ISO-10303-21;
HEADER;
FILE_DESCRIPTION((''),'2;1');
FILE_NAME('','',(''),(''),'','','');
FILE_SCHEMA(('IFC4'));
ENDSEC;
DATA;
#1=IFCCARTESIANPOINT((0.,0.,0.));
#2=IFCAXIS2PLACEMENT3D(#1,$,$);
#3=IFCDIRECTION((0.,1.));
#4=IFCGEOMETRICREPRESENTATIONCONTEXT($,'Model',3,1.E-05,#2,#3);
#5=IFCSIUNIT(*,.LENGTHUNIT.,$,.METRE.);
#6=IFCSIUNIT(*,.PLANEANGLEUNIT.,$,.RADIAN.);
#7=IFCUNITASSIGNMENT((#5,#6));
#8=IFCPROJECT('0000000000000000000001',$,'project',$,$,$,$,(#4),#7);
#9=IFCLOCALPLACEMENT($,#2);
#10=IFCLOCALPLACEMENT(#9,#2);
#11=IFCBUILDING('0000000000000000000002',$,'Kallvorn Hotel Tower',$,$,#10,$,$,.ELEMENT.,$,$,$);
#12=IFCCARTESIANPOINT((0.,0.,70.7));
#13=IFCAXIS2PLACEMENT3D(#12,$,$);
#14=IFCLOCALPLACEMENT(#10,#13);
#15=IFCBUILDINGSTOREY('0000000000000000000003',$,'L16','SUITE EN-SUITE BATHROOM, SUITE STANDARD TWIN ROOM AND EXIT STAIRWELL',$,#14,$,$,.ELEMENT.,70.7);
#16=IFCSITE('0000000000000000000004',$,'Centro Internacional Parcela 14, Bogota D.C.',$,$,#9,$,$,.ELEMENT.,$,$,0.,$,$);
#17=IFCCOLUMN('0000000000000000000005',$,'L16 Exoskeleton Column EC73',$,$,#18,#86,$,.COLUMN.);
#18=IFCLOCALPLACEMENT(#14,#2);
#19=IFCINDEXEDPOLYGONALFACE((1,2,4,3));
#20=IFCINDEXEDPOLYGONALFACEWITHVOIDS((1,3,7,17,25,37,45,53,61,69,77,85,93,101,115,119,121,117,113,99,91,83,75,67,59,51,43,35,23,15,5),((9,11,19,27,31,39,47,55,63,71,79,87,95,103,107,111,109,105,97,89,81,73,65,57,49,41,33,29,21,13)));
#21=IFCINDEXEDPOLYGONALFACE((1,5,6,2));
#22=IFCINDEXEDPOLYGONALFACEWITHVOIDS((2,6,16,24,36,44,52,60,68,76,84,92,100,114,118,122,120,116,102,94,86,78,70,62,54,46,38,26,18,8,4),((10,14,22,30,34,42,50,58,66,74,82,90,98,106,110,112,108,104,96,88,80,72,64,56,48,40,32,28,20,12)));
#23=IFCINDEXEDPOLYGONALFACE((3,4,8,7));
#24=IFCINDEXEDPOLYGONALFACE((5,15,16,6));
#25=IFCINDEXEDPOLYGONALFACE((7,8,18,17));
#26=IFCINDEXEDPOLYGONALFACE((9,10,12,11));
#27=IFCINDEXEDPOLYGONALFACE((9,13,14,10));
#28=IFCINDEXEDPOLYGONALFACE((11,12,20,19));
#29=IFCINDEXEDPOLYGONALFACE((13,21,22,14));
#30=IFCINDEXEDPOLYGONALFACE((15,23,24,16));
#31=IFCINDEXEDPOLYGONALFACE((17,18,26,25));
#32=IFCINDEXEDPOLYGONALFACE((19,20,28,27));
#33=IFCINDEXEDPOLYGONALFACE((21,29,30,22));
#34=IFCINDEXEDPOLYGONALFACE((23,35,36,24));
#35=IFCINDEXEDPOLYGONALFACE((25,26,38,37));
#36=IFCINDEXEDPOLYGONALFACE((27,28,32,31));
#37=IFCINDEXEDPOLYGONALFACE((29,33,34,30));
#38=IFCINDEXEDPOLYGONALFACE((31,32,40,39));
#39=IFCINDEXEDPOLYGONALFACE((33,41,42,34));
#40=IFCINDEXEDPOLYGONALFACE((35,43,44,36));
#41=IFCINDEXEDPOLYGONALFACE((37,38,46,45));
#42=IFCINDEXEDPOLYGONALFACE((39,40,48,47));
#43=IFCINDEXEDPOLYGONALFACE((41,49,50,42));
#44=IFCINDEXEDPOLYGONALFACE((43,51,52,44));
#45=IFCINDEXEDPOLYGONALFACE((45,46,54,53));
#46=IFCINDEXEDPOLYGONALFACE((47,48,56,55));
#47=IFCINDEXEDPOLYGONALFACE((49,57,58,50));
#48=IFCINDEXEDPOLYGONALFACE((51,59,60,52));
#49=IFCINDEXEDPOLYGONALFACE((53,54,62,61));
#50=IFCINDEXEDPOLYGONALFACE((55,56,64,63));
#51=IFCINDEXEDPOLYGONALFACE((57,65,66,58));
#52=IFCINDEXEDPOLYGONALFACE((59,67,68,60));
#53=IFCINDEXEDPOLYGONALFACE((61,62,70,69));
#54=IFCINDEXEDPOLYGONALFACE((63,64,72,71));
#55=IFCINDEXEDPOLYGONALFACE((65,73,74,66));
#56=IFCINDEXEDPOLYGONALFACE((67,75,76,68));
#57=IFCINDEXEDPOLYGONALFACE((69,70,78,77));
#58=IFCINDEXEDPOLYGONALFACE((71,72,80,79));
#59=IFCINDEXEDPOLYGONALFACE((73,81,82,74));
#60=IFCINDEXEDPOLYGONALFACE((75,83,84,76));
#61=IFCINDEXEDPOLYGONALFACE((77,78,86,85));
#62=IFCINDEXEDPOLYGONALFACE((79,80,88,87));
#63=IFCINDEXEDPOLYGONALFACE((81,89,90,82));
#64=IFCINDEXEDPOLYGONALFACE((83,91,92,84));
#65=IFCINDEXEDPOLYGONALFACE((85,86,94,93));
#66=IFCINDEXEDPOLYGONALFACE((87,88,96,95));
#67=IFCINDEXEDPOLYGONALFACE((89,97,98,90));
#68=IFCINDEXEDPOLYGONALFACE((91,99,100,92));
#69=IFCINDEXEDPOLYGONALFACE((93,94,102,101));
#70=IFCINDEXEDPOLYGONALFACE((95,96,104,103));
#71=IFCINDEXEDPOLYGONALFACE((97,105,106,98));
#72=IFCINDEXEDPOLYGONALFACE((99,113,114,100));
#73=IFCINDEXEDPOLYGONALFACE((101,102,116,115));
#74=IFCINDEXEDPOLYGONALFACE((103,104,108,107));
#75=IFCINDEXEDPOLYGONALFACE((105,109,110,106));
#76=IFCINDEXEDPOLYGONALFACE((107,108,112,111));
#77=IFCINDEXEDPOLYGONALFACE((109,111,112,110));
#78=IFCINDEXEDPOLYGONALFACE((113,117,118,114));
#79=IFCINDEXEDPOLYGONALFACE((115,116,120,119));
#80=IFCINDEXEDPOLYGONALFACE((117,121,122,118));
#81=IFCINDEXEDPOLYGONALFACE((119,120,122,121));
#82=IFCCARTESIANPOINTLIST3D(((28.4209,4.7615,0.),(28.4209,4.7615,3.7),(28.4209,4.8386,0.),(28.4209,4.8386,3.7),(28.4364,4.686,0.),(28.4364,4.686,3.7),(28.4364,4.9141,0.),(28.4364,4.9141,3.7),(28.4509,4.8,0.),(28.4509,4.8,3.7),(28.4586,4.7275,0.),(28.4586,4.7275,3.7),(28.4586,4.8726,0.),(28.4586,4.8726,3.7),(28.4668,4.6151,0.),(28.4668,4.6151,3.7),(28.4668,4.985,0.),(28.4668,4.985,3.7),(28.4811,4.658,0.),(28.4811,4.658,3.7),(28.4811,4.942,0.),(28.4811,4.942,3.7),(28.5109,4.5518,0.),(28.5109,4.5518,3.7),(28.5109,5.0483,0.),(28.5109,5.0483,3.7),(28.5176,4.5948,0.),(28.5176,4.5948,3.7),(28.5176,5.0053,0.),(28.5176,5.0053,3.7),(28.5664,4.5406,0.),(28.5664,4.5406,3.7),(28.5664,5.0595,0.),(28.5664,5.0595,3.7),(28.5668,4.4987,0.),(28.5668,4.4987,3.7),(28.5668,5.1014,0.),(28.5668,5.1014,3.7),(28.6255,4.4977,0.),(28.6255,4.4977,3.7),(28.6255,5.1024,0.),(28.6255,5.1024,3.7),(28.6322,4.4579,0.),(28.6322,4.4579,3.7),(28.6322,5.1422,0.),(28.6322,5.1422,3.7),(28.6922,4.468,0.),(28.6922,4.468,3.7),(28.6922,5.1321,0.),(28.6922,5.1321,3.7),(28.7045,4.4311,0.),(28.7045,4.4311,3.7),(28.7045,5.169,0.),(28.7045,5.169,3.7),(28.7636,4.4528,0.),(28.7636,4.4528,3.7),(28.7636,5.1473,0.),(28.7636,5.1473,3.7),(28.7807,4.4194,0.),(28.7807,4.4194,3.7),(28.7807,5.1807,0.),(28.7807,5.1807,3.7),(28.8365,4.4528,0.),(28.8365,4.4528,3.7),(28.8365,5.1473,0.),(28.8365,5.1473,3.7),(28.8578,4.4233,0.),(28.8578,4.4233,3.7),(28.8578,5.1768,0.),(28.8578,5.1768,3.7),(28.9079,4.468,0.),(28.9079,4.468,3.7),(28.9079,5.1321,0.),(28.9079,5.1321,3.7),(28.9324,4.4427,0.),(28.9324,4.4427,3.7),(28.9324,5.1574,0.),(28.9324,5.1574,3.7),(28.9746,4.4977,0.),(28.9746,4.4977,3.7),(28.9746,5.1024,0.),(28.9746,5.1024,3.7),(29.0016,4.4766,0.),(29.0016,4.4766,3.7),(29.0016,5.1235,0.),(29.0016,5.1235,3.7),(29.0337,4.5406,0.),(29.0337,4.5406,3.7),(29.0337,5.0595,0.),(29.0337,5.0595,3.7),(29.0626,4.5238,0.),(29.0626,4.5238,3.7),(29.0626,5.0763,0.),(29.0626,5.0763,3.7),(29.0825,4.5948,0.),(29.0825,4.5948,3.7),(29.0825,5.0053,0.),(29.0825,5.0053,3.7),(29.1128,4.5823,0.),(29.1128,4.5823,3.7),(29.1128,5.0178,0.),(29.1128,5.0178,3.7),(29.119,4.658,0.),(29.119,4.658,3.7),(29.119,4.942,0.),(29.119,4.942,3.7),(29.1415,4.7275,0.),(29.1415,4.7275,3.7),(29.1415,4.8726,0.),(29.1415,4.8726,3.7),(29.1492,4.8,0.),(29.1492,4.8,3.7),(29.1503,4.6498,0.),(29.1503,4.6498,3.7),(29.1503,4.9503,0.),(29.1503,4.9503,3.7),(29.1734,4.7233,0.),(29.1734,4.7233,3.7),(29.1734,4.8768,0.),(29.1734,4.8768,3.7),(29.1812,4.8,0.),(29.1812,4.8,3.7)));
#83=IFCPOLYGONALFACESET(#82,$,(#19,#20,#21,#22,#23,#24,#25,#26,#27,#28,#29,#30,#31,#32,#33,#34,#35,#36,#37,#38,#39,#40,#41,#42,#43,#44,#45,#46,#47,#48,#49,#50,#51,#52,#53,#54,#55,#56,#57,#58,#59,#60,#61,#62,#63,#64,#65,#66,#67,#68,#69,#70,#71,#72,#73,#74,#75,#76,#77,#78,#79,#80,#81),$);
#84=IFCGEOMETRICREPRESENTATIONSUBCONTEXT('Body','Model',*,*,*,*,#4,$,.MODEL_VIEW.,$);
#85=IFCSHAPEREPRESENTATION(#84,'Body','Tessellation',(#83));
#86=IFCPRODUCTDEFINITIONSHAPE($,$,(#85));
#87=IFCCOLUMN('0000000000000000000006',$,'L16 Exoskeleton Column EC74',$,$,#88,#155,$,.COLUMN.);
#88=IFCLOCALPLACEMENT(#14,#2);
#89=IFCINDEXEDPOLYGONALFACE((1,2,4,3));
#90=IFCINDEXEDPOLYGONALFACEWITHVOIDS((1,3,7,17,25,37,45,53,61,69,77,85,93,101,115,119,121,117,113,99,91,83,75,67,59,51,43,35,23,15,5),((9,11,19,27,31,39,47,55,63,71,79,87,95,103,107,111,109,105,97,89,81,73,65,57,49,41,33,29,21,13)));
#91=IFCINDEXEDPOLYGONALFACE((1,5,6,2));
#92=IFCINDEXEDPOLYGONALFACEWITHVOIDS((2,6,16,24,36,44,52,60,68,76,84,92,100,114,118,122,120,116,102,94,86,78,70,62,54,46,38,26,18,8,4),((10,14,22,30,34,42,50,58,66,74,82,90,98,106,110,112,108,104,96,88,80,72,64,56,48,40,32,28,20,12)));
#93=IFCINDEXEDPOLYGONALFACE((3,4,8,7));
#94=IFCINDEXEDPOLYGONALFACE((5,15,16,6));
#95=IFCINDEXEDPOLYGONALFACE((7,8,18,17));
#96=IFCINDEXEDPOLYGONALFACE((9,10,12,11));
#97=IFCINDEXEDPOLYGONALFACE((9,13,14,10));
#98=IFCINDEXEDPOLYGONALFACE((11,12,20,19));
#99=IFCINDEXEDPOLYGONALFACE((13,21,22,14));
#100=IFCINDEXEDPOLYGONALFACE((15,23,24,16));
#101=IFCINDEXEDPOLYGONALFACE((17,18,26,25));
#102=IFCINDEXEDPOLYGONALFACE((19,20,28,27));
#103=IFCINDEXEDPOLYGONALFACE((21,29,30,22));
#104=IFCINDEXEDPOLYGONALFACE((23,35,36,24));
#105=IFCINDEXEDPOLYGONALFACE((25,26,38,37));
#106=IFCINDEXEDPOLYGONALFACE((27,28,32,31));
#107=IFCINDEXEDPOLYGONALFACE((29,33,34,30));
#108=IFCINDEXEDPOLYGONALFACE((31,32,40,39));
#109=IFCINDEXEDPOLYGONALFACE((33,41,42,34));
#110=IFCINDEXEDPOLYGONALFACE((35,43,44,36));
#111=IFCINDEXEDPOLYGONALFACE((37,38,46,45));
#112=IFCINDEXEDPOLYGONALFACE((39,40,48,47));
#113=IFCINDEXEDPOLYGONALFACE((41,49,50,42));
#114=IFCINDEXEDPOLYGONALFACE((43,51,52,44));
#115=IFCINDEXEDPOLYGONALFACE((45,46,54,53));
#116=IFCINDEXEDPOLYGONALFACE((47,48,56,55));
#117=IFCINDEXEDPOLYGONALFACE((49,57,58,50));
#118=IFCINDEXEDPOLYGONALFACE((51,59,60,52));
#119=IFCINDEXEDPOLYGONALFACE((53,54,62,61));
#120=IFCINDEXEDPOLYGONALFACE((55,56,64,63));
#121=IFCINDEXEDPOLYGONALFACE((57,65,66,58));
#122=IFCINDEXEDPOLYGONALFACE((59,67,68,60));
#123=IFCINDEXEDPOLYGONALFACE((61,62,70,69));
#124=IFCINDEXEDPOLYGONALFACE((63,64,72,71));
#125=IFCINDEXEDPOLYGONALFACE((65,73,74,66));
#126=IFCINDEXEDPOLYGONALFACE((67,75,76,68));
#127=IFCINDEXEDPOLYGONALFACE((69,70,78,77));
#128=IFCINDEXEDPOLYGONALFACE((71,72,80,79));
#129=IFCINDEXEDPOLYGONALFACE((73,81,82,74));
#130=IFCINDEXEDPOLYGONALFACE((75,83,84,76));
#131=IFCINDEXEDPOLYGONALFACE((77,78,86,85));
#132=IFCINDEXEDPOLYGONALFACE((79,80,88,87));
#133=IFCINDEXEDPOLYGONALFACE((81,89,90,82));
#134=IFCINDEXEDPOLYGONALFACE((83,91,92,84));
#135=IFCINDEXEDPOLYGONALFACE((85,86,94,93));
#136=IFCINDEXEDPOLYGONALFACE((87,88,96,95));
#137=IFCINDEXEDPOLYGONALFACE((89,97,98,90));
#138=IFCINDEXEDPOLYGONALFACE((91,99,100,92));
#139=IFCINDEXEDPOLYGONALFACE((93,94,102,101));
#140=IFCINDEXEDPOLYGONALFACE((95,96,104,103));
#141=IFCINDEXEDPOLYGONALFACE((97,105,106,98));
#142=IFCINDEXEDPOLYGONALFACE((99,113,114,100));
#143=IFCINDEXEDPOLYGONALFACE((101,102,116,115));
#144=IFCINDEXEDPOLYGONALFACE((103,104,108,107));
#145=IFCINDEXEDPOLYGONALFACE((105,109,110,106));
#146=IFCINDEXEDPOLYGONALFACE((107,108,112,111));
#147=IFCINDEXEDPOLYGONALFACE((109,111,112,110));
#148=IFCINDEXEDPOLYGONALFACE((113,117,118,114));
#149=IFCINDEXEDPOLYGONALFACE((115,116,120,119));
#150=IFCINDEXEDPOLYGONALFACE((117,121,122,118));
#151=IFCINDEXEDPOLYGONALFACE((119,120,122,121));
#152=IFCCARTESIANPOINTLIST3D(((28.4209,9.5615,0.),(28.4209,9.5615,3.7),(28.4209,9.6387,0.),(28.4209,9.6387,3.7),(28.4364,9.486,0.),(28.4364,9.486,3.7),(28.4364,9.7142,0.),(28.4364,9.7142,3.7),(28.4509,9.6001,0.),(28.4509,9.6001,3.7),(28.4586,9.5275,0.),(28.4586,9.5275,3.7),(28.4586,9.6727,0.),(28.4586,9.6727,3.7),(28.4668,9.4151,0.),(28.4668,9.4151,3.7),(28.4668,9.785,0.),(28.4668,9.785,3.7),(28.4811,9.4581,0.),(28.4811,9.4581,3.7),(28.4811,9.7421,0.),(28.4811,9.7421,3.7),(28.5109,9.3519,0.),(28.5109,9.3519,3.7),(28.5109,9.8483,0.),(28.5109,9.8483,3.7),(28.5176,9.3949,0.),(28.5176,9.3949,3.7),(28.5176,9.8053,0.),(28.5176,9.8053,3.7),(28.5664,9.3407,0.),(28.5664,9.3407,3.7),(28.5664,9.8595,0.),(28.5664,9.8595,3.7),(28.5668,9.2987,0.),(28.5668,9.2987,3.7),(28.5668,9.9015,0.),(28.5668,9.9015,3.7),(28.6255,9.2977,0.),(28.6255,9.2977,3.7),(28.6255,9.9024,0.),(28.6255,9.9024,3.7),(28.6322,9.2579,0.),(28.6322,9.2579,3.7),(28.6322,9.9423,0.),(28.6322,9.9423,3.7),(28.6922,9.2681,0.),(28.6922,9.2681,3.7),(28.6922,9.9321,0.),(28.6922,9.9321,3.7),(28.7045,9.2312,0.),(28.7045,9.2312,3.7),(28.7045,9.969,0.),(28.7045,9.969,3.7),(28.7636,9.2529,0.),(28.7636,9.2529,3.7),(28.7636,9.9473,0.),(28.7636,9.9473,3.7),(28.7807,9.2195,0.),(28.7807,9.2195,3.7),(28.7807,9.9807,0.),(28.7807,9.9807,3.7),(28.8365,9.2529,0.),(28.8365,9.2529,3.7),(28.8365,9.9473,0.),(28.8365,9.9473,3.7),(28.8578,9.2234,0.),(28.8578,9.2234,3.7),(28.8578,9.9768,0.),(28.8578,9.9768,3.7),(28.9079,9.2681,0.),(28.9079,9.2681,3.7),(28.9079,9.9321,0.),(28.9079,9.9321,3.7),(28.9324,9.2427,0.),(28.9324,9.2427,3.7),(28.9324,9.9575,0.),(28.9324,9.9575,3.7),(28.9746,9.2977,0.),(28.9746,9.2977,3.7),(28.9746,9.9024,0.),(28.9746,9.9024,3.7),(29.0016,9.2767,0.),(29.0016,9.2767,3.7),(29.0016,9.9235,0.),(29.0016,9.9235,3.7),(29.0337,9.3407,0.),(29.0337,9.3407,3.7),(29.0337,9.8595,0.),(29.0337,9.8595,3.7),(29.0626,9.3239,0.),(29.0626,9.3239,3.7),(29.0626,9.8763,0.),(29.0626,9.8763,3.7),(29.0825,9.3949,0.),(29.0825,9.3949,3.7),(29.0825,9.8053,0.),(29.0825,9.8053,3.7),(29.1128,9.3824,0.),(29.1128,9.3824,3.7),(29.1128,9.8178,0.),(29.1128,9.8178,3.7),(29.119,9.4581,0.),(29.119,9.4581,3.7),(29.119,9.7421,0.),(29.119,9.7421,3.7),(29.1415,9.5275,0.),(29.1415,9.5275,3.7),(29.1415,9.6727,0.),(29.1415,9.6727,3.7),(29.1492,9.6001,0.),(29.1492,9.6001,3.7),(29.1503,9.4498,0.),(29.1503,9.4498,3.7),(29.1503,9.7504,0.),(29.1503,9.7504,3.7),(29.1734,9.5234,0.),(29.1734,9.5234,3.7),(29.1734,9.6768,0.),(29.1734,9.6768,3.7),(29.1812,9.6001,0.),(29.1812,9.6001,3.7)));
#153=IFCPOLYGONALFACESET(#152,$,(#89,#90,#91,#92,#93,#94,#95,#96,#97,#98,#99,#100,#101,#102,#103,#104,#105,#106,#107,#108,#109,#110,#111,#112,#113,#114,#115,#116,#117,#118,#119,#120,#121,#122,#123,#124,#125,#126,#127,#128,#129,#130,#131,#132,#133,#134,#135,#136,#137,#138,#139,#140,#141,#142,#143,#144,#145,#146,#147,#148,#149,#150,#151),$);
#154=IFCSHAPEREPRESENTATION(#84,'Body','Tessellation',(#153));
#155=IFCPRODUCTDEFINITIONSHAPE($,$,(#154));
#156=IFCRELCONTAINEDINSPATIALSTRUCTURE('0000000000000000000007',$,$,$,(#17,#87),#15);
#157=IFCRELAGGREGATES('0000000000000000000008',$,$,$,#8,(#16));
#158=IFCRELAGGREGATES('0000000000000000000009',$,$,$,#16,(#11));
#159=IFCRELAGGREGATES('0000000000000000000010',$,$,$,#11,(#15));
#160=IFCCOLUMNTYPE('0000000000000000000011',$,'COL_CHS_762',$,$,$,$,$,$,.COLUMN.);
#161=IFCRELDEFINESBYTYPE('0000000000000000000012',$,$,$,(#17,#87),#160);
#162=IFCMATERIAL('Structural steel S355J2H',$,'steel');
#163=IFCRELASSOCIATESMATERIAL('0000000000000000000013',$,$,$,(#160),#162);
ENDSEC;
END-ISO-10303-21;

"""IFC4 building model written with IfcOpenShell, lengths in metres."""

from ifc_helpers import new_model, si_unit, direction, frame, origin, origin_2d, place, context, subcontext, project, spatial, hollow_circle, extrude, material, material_profile, profile_set, type_object, element, save


model = new_model("IFC4")

# Units and contexts
model_context = context("Model", 3, precision=1e-05, world=origin(), true_north=direction((0.0, 1.0)))
body_context = subcontext(model_context, "Body", "Model", "MODEL_VIEW")
ifc_project = project(units=[si_unit("LENGTHUNIT", "METRE"), si_unit("PLANEANGLEUNIT", "RADIAN")], contexts=[model_context])

# Site, building, storey
site_placement = place(None, origin())
site = spatial("IfcSite", under=ifc_project, at=site_placement, Name="Centro Internacional Parcela 14, Bogota D.C.", CompositionType="ELEMENT", RefElevation=0.0)
building_placement = place(site_placement, origin())
building = spatial("IfcBuilding", under=site, at=building_placement, Name="Kallvorn Hotel Tower", CompositionType="ELEMENT")
storey_placement = place(building_placement, frame((0.0, 0.0, 70.7)))
storey = spatial("IfcBuildingStorey", under=building, at=storey_placement, Name="L16", Description="SUITE EN-SUITE BATHROOM, SUITE STANDARD TWIN ROOM AND EXIT STAIRWELL", CompositionType="ELEMENT", Elevation=70.7)

# Columns
ifc_material_1 = material(Name="Structural steel S355J2H", Category="steel")
ifc_material_profile_1 = material_profile(ifc_material_1, hollow_circle(Radius=0.3811, WallThickness=0.032, at=origin_2d()), Name="CHS 762x32")
ifc_profile_set_1 = profile_set([ifc_material_profile_1], Name="Structural steel S355J2H")
column_type_1 = type_object("IfcColumnType", Name="COL_CHS_762", PredefinedType="COLUMN", material=ifc_profile_set_1)
for number, where, z_axis, x_axis, name in (
    (1, (28.8, 4.8, 0.0), (0.0, 0.0, 1.0), (1.0, 0.0, 0.0), "L16 Exoskeleton Column EC73"),
    (2, (28.8, 9.6001, 0.0), (0.0, 0.0, 1.0), (1.0, 0.0, 0.0), "L16 Exoskeleton Column EC74"),
):
    element("IfcColumn", number, at=place(storey_placement, frame(where, z_axis=z_axis, x_axis=x_axis)), inside=storey, type_object=column_type_1, Name=name, PredefinedType="COLUMN", context=body_context, shape_type="SweptSolid", body=[
        extrude(hollow_circle(Radius=0.3811, WallThickness=0.032, at=origin_2d()), origin(), (0.0, 0.0, 1.0), 3.7),
    ])

save(model, "model.ifc")
